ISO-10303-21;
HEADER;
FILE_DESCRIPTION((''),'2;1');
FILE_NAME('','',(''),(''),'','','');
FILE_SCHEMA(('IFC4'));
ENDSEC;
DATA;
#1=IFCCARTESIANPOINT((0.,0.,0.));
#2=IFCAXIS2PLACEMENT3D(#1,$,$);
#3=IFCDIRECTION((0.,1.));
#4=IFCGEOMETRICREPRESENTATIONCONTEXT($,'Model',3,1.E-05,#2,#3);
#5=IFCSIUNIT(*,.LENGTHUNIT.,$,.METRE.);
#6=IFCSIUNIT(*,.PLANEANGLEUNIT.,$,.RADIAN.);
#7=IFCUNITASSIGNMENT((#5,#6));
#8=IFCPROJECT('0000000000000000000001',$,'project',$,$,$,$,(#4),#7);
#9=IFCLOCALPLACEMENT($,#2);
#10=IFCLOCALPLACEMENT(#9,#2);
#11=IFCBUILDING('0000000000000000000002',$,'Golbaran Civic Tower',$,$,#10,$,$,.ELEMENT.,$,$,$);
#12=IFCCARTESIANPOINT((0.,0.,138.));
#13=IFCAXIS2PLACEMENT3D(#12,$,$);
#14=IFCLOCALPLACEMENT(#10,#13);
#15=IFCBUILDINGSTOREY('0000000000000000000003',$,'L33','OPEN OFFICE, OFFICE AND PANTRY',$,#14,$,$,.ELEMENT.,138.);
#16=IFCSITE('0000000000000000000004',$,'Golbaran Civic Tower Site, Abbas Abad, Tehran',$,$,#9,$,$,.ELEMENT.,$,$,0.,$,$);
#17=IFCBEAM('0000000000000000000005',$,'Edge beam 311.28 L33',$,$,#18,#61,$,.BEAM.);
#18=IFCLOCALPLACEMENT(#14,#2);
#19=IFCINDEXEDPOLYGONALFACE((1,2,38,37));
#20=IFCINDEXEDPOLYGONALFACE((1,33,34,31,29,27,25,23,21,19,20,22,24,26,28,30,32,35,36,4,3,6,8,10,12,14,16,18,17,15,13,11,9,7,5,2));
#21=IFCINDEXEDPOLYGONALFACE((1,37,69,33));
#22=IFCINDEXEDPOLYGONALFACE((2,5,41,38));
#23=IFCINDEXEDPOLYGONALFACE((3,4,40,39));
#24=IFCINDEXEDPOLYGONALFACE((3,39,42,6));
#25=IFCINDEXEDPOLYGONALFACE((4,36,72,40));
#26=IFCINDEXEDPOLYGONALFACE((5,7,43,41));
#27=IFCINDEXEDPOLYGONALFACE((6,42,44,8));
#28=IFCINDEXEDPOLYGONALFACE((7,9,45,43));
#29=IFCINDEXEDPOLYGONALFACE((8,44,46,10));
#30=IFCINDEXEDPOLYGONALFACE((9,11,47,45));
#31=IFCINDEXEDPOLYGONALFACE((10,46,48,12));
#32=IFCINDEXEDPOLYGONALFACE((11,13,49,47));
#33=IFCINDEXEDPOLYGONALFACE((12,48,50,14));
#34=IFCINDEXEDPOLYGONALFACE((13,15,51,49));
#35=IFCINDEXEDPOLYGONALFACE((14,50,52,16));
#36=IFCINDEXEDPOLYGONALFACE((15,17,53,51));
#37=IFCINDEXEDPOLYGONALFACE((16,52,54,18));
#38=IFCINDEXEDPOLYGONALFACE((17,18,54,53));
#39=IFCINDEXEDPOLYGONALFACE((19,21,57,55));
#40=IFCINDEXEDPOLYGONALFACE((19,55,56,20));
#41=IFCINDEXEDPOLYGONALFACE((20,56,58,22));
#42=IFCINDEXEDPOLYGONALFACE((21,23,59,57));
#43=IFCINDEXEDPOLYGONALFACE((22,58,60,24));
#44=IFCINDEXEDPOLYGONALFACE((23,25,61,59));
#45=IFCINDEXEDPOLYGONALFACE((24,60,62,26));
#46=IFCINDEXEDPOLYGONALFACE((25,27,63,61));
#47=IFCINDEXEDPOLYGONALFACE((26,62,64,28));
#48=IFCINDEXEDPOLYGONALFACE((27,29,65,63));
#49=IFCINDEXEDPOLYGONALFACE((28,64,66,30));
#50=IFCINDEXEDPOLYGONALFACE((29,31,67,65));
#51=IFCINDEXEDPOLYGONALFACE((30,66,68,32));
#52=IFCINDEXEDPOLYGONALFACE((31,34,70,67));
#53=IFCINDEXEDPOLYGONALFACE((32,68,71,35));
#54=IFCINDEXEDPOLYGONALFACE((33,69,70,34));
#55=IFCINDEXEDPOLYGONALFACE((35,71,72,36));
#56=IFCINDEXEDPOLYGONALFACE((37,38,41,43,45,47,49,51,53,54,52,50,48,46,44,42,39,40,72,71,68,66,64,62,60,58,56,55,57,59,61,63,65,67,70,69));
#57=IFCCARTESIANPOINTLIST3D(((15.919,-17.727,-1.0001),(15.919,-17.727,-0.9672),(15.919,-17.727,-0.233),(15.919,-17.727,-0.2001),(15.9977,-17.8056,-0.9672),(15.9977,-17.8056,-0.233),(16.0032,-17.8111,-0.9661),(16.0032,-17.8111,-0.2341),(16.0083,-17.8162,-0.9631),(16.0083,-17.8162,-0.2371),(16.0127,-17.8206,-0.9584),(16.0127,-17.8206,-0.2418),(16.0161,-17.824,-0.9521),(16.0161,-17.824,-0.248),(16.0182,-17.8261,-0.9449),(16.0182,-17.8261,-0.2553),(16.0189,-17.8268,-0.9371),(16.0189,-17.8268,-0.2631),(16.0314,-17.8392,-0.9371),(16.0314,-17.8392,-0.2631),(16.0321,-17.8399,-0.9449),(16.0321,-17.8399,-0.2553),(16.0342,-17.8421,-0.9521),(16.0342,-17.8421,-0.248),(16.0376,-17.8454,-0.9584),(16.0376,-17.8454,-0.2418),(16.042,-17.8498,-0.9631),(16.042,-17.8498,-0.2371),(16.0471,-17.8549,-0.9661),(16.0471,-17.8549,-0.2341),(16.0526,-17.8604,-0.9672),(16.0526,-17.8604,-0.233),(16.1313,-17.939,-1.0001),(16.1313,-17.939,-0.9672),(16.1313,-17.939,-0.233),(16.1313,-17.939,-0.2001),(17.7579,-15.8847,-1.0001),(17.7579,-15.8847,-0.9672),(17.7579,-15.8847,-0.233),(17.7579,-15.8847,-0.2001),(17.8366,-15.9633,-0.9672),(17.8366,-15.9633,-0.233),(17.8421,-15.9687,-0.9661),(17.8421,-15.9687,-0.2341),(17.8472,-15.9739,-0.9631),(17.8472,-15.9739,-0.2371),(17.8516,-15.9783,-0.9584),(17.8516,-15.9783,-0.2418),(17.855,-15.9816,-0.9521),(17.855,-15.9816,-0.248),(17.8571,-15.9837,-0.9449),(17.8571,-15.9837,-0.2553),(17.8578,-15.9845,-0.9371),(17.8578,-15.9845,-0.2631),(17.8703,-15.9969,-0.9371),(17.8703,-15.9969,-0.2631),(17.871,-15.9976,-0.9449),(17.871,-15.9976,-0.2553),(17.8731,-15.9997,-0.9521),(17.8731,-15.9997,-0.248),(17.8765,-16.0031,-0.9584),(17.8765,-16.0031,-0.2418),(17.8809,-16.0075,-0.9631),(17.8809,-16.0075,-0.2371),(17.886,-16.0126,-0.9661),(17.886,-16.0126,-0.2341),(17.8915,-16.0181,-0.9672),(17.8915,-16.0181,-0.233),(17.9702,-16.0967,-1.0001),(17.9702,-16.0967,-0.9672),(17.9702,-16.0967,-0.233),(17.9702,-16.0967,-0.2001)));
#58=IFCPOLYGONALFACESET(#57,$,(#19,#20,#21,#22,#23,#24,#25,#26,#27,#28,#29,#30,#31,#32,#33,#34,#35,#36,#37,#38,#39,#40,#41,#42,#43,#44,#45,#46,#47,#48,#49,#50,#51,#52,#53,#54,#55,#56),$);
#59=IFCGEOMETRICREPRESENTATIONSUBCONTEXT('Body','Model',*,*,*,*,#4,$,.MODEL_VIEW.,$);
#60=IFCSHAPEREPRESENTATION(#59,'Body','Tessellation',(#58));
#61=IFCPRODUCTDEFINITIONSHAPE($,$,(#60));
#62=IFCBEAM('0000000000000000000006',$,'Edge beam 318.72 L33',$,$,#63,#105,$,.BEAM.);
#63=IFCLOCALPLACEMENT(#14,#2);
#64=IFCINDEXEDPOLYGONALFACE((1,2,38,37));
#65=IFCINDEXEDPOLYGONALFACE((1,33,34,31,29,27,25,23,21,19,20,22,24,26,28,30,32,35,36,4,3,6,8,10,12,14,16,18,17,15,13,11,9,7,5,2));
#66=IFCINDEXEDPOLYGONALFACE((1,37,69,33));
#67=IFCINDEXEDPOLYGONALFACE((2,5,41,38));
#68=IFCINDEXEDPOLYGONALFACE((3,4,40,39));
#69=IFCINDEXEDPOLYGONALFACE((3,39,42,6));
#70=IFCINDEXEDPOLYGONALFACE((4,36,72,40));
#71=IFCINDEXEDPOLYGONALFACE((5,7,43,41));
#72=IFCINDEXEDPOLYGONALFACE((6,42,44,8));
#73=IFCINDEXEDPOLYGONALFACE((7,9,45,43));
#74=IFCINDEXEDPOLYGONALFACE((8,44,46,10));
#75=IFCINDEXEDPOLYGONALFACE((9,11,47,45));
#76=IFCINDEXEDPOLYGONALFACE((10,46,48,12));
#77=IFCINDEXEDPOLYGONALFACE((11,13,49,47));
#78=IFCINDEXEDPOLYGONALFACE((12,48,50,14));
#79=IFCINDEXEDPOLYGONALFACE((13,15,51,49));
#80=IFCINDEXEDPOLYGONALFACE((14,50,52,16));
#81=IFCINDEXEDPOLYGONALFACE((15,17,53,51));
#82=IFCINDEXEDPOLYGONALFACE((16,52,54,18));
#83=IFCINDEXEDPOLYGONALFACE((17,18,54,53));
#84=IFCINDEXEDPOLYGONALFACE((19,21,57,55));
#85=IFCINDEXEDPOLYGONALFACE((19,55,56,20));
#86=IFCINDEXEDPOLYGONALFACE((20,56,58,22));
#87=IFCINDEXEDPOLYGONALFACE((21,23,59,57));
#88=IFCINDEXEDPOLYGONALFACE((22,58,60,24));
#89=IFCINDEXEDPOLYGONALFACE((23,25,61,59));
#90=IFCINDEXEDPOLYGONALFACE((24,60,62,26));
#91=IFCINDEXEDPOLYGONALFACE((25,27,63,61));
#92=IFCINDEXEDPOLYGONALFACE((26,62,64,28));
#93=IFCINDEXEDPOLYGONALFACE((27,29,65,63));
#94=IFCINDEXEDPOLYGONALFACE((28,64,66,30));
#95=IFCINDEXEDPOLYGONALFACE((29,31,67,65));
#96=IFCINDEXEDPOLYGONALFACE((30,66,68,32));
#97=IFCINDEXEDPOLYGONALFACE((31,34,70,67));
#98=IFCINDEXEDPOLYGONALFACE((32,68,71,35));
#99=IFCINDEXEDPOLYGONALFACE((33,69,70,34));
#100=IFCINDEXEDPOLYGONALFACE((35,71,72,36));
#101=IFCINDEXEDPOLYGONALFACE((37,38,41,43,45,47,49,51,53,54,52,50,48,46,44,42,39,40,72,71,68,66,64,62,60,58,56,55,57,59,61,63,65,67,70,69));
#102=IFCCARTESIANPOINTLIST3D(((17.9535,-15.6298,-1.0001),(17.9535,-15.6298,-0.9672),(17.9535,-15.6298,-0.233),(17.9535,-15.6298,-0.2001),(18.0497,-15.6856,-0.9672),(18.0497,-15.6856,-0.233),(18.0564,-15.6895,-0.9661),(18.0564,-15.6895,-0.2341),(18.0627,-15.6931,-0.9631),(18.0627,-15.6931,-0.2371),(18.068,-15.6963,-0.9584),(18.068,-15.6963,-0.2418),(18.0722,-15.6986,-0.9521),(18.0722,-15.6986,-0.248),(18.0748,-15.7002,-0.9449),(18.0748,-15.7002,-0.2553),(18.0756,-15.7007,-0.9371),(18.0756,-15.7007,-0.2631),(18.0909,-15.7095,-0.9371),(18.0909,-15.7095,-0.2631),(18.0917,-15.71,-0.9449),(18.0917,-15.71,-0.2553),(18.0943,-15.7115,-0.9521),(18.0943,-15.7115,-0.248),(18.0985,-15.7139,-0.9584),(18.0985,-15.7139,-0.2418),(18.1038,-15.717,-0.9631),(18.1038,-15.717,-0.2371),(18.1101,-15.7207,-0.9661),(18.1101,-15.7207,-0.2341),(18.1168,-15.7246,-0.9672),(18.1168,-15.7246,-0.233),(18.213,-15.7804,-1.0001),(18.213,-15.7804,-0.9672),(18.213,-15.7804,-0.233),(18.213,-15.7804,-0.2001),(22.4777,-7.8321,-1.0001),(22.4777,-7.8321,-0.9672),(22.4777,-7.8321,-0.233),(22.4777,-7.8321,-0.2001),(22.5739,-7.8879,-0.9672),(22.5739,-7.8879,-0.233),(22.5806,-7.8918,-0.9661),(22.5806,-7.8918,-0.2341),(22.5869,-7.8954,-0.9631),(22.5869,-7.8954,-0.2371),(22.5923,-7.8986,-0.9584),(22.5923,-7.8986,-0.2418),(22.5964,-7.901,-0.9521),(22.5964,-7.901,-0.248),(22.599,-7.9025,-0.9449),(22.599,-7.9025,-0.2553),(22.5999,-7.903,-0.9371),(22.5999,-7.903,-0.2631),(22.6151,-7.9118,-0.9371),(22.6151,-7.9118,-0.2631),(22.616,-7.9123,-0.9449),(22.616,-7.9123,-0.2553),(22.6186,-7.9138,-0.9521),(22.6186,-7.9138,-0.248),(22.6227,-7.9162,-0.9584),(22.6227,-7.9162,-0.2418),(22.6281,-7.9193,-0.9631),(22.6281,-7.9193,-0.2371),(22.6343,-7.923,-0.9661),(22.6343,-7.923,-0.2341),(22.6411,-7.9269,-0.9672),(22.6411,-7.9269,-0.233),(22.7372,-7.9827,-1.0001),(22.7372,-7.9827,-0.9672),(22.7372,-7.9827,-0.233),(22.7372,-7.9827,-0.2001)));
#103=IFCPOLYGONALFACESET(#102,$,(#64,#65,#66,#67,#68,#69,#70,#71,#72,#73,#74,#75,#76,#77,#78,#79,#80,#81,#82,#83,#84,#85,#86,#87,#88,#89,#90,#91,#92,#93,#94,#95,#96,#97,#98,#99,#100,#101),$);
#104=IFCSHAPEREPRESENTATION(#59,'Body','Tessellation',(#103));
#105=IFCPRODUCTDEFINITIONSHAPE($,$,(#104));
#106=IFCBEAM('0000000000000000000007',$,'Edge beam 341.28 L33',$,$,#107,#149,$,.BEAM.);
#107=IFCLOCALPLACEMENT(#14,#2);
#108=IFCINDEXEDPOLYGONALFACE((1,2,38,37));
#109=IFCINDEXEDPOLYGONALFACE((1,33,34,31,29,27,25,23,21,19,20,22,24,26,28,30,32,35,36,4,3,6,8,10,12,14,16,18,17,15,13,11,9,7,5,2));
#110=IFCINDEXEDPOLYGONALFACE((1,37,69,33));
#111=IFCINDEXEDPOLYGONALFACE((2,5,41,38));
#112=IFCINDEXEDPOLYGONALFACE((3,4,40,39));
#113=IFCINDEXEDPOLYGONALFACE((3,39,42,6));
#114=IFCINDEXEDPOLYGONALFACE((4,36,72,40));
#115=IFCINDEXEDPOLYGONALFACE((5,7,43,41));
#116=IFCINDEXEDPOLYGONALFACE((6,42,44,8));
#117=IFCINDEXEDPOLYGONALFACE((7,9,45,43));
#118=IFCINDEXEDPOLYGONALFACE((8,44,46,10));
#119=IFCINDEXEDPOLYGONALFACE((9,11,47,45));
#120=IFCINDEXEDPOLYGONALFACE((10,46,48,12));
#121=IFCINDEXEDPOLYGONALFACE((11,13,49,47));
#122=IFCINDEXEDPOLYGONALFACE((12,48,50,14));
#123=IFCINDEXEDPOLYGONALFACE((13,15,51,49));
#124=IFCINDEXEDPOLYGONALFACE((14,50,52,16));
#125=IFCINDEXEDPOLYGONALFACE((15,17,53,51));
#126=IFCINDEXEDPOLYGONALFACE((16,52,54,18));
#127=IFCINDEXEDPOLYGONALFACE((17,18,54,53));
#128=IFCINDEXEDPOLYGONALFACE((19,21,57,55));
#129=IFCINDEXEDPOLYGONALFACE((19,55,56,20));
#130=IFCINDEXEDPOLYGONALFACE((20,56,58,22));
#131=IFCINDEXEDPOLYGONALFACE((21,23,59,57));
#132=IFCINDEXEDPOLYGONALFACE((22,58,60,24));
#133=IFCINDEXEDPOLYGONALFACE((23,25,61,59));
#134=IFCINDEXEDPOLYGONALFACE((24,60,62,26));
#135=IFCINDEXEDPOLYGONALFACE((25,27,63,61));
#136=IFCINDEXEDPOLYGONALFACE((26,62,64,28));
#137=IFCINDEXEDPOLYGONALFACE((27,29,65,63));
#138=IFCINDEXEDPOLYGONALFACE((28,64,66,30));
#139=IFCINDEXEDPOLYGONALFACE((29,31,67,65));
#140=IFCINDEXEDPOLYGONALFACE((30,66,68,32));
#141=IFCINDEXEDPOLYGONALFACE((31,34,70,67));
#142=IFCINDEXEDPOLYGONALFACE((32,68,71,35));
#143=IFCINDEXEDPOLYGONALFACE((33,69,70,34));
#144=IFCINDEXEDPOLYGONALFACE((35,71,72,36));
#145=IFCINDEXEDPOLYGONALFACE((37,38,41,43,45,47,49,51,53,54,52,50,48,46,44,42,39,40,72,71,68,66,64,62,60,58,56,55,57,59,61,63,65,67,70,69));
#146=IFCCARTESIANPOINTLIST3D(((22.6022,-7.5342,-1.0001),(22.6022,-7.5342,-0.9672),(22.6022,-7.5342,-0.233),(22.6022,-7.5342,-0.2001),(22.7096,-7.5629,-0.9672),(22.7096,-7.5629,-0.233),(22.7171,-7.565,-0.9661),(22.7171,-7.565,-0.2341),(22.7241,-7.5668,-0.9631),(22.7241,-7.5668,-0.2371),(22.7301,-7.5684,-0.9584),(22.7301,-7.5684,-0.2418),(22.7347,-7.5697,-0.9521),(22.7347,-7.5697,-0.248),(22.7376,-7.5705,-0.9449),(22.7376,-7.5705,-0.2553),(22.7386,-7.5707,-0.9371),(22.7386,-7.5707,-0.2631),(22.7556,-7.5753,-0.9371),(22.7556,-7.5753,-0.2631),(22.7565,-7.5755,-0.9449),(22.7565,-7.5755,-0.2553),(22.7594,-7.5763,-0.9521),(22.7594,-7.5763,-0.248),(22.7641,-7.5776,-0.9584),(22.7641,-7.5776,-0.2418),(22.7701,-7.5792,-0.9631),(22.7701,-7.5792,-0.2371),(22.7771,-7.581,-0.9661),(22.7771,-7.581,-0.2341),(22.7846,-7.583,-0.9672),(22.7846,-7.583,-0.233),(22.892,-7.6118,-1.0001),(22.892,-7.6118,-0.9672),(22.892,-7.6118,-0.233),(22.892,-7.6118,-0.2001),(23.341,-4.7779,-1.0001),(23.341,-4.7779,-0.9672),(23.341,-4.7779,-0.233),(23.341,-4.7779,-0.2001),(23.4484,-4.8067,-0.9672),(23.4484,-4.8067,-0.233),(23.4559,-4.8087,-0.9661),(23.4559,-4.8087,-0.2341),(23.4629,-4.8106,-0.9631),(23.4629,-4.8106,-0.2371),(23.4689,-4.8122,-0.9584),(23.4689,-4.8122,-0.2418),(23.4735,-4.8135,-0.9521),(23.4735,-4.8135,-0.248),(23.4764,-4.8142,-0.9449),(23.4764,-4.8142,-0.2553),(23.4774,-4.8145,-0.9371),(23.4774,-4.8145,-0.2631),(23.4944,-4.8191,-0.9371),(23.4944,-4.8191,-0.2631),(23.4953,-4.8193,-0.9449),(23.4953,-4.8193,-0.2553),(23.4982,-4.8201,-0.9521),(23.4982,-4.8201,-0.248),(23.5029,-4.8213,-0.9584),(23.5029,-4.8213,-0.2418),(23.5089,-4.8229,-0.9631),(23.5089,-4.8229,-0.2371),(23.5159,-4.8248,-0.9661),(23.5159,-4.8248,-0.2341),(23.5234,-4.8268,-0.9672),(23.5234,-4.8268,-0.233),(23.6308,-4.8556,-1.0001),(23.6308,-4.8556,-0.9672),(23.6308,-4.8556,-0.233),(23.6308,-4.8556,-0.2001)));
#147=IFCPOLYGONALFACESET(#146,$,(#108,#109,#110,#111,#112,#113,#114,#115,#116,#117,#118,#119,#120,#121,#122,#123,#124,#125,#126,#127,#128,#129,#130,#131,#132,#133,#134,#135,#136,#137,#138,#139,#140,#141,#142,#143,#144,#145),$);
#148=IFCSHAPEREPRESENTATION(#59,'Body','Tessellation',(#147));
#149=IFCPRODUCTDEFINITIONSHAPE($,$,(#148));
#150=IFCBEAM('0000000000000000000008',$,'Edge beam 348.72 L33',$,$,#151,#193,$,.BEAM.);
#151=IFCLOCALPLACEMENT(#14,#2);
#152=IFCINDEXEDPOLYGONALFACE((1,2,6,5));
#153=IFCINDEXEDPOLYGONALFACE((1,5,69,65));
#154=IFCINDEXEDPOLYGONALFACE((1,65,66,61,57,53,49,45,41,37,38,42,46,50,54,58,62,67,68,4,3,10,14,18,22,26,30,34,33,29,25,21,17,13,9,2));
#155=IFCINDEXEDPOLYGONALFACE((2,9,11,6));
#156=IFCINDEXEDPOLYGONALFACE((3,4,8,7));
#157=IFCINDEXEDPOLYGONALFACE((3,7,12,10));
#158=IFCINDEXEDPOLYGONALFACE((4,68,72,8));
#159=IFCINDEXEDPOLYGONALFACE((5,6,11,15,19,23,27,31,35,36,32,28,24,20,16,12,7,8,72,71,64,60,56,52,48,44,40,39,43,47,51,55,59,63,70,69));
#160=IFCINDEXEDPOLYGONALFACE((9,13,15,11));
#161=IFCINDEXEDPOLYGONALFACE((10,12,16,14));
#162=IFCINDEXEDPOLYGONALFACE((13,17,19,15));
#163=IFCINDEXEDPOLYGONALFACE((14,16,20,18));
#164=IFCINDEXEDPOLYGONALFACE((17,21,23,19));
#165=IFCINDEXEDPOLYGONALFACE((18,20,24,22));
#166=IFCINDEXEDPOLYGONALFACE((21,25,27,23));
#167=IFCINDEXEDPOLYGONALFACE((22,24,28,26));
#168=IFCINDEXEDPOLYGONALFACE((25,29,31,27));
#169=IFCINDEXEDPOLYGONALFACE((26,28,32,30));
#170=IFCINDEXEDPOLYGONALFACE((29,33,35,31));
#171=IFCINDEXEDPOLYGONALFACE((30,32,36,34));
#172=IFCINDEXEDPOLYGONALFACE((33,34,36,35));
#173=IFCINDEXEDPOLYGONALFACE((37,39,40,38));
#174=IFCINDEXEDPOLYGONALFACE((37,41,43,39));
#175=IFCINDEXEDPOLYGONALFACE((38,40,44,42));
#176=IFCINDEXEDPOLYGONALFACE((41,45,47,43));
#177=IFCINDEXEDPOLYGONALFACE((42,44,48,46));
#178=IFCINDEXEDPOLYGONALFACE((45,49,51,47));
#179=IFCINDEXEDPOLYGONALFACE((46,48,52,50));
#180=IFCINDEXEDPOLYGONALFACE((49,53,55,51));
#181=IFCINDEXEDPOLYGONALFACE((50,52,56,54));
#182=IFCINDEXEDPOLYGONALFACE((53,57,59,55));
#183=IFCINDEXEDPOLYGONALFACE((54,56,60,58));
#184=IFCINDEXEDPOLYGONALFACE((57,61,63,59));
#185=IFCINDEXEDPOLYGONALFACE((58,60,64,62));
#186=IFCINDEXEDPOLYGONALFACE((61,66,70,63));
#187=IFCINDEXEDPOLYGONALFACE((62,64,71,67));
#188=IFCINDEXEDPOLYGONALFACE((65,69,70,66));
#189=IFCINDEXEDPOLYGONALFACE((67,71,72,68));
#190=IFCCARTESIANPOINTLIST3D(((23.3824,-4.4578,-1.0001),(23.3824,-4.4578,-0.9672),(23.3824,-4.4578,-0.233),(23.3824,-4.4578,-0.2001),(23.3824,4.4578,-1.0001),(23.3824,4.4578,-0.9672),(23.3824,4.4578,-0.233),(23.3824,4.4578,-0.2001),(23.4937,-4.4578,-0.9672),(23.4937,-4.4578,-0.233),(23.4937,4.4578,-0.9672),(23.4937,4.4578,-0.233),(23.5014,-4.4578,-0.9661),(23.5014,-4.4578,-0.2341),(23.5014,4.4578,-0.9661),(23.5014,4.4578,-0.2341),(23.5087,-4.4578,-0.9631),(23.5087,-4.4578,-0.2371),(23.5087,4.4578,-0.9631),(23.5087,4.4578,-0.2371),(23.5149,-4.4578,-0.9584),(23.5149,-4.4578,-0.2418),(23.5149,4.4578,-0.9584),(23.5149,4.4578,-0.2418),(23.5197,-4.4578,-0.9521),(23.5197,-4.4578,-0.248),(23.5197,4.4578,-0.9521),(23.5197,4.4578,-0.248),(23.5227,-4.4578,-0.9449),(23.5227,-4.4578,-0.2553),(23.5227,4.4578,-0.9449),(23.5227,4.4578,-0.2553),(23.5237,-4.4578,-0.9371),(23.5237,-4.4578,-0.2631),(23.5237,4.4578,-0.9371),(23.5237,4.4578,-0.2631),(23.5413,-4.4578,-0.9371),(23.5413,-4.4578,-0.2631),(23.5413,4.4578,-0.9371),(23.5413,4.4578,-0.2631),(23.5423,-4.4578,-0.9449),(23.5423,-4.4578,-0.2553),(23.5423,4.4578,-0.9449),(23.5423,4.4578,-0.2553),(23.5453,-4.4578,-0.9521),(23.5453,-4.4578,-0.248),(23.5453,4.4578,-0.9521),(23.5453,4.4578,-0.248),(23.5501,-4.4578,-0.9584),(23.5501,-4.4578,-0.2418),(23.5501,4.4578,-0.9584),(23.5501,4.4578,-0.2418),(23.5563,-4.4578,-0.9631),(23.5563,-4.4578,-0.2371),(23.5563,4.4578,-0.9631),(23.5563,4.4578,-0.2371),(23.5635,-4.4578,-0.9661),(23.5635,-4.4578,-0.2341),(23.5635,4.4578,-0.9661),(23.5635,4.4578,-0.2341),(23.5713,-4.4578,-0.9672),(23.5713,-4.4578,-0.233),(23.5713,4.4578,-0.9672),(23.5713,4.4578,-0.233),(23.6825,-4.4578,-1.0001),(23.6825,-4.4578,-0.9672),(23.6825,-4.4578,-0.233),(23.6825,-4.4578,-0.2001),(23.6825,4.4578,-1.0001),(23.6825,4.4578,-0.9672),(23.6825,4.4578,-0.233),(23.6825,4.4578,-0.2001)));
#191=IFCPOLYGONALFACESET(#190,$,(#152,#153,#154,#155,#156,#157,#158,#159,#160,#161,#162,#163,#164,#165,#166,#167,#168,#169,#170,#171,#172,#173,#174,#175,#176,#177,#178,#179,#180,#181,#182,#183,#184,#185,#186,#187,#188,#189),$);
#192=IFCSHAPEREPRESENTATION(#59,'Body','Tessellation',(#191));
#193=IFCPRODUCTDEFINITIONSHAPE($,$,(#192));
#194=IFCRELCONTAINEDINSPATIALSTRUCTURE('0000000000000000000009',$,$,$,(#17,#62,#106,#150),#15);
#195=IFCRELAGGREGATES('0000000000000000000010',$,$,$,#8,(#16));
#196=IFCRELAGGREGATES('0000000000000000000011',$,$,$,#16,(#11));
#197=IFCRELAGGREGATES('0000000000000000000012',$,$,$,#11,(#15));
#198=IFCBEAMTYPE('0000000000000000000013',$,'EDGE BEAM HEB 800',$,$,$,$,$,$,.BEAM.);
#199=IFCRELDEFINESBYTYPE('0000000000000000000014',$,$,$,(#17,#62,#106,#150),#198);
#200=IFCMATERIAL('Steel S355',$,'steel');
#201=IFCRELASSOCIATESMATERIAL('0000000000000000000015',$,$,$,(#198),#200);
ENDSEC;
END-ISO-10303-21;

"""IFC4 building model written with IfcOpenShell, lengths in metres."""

from ifc_helpers import new_model, si_unit, direction, frame, origin, origin_2d, place, context, subcontext, project, spatial, i_section, extrude, material, material_profile, profile_set, type_object, element, save


model = new_model("IFC4")

# Units and contexts
model_context = context("Model", 3, precision=1e-05, world=origin(), true_north=direction((0.0, 1.0)))
body_context = subcontext(model_context, "Body", "Model", "MODEL_VIEW")
ifc_project = project(units=[si_unit("LENGTHUNIT", "METRE"), si_unit("PLANEANGLEUNIT", "RADIAN")], contexts=[model_context])

# Site, building, storey
site_placement = place(None, origin())
site = spatial("IfcSite", under=ifc_project, at=site_placement, Name="Golbaran Civic Tower Site, Abbas Abad, Tehran", CompositionType="ELEMENT", RefElevation=0.0)
building_placement = place(site_placement, origin())
building = spatial("IfcBuilding", under=site, at=building_placement, Name="Golbaran Civic Tower", CompositionType="ELEMENT")
storey_placement = place(building_placement, frame((0.0, 0.0, 138.0)))
storey = spatial("IfcBuildingStorey", under=building, at=storey_placement, Name="L33", Description="OPEN OFFICE, OFFICE AND PANTRY", CompositionType="ELEMENT", Elevation=138.0)

# Beams
ifc_material_1 = material(Name="Steel S355", Category="steel")
ifc_material_profile_1 = material_profile(ifc_material_1, i_section(OverallWidth=0.3, OverallDepth=0.8, WebThickness=0.0176, FlangeThickness=0.033, FilletRadius=0.03, at=origin_2d()), Name="HEB 800")
ifc_profile_set_1 = profile_set([ifc_material_profile_1], Name="Steel S355")
beam_type_1 = type_object("IfcBeamType", Name="EDGE BEAM HEB 800", PredefinedType="BEAM", material=ifc_profile_set_1)
beam_1_placement = place(storey_placement, frame((16.0251, -17.833, -0.6001), z_axis=(0.70645, 0.707763, 0.0), x_axis=(-0.707763, 0.70645, 0.0)))
element("IfcBeam", 1, at=beam_1_placement, inside=storey, type_object=beam_type_1, Name="Edge beam 311.28 L33", PredefinedType="BEAM", context=body_context, shape_type="SweptSolid", body=[
    extrude(i_section(OverallWidth=0.3, OverallDepth=0.8, WebThickness=0.0176, FlangeThickness=0.033, FilletRadius=0.03, at=origin_2d()), origin(), (0.0, 0.0, 1.0), 2.603),
])
beam_2_placement = place(storey_placement, frame((18.0833, -15.7051, -0.6001), z_axis=(0.501847, 0.864956, 0.0), x_axis=(-0.864956, 0.501847, 0.0)))
element("IfcBeam", 2, at=beam_2_placement, inside=storey, type_object=beam_type_1, Name="Edge beam 318.72 L33", PredefinedType="BEAM", context=body_context, shape_type="SweptSolid", body=[
    extrude(i_section(OverallWidth=0.3, OverallDepth=0.8, WebThickness=0.0176, FlangeThickness=0.033, FilletRadius=0.03, at=origin_2d()), origin(), (0.0, 0.0, 1.0), 9.0151),
])
beam_3_placement = place(storey_placement, frame((22.7471, -7.573, -0.6001), z_axis=(0.258909, 0.965902, 0.0), x_axis=(-0.965902, 0.258909, 0.0)))
element("IfcBeam", 3, at=beam_3_placement, inside=storey, type_object=beam_type_1, Name="Edge beam 341.28 L33", PredefinedType="BEAM", context=body_context, shape_type="SweptSolid", body=[
    extrude(i_section(OverallWidth=0.3, OverallDepth=0.8, WebThickness=0.0176, FlangeThickness=0.033, FilletRadius=0.03, at=origin_2d()), origin(), (0.0, 0.0, 1.0), 2.8535),
])
beam_4_placement = place(storey_placement, frame((23.5325, -4.4578, -0.6001), z_axis=(0.0, 1.0, 0.0), x_axis=(-1.0, 0.0, 0.0)))
element("IfcBeam", 4, at=beam_4_placement, inside=storey, type_object=beam_type_1, Name="Edge beam 348.72 L33", PredefinedType="BEAM", context=body_context, shape_type="SweptSolid", body=[
    extrude(i_section(OverallWidth=0.3, OverallDepth=0.8, WebThickness=0.0176, FlangeThickness=0.033, FilletRadius=0.03, at=origin_2d()), origin(), (0.0, 0.0, 1.0), 8.9155),
])

save(model, "model.ifc")
